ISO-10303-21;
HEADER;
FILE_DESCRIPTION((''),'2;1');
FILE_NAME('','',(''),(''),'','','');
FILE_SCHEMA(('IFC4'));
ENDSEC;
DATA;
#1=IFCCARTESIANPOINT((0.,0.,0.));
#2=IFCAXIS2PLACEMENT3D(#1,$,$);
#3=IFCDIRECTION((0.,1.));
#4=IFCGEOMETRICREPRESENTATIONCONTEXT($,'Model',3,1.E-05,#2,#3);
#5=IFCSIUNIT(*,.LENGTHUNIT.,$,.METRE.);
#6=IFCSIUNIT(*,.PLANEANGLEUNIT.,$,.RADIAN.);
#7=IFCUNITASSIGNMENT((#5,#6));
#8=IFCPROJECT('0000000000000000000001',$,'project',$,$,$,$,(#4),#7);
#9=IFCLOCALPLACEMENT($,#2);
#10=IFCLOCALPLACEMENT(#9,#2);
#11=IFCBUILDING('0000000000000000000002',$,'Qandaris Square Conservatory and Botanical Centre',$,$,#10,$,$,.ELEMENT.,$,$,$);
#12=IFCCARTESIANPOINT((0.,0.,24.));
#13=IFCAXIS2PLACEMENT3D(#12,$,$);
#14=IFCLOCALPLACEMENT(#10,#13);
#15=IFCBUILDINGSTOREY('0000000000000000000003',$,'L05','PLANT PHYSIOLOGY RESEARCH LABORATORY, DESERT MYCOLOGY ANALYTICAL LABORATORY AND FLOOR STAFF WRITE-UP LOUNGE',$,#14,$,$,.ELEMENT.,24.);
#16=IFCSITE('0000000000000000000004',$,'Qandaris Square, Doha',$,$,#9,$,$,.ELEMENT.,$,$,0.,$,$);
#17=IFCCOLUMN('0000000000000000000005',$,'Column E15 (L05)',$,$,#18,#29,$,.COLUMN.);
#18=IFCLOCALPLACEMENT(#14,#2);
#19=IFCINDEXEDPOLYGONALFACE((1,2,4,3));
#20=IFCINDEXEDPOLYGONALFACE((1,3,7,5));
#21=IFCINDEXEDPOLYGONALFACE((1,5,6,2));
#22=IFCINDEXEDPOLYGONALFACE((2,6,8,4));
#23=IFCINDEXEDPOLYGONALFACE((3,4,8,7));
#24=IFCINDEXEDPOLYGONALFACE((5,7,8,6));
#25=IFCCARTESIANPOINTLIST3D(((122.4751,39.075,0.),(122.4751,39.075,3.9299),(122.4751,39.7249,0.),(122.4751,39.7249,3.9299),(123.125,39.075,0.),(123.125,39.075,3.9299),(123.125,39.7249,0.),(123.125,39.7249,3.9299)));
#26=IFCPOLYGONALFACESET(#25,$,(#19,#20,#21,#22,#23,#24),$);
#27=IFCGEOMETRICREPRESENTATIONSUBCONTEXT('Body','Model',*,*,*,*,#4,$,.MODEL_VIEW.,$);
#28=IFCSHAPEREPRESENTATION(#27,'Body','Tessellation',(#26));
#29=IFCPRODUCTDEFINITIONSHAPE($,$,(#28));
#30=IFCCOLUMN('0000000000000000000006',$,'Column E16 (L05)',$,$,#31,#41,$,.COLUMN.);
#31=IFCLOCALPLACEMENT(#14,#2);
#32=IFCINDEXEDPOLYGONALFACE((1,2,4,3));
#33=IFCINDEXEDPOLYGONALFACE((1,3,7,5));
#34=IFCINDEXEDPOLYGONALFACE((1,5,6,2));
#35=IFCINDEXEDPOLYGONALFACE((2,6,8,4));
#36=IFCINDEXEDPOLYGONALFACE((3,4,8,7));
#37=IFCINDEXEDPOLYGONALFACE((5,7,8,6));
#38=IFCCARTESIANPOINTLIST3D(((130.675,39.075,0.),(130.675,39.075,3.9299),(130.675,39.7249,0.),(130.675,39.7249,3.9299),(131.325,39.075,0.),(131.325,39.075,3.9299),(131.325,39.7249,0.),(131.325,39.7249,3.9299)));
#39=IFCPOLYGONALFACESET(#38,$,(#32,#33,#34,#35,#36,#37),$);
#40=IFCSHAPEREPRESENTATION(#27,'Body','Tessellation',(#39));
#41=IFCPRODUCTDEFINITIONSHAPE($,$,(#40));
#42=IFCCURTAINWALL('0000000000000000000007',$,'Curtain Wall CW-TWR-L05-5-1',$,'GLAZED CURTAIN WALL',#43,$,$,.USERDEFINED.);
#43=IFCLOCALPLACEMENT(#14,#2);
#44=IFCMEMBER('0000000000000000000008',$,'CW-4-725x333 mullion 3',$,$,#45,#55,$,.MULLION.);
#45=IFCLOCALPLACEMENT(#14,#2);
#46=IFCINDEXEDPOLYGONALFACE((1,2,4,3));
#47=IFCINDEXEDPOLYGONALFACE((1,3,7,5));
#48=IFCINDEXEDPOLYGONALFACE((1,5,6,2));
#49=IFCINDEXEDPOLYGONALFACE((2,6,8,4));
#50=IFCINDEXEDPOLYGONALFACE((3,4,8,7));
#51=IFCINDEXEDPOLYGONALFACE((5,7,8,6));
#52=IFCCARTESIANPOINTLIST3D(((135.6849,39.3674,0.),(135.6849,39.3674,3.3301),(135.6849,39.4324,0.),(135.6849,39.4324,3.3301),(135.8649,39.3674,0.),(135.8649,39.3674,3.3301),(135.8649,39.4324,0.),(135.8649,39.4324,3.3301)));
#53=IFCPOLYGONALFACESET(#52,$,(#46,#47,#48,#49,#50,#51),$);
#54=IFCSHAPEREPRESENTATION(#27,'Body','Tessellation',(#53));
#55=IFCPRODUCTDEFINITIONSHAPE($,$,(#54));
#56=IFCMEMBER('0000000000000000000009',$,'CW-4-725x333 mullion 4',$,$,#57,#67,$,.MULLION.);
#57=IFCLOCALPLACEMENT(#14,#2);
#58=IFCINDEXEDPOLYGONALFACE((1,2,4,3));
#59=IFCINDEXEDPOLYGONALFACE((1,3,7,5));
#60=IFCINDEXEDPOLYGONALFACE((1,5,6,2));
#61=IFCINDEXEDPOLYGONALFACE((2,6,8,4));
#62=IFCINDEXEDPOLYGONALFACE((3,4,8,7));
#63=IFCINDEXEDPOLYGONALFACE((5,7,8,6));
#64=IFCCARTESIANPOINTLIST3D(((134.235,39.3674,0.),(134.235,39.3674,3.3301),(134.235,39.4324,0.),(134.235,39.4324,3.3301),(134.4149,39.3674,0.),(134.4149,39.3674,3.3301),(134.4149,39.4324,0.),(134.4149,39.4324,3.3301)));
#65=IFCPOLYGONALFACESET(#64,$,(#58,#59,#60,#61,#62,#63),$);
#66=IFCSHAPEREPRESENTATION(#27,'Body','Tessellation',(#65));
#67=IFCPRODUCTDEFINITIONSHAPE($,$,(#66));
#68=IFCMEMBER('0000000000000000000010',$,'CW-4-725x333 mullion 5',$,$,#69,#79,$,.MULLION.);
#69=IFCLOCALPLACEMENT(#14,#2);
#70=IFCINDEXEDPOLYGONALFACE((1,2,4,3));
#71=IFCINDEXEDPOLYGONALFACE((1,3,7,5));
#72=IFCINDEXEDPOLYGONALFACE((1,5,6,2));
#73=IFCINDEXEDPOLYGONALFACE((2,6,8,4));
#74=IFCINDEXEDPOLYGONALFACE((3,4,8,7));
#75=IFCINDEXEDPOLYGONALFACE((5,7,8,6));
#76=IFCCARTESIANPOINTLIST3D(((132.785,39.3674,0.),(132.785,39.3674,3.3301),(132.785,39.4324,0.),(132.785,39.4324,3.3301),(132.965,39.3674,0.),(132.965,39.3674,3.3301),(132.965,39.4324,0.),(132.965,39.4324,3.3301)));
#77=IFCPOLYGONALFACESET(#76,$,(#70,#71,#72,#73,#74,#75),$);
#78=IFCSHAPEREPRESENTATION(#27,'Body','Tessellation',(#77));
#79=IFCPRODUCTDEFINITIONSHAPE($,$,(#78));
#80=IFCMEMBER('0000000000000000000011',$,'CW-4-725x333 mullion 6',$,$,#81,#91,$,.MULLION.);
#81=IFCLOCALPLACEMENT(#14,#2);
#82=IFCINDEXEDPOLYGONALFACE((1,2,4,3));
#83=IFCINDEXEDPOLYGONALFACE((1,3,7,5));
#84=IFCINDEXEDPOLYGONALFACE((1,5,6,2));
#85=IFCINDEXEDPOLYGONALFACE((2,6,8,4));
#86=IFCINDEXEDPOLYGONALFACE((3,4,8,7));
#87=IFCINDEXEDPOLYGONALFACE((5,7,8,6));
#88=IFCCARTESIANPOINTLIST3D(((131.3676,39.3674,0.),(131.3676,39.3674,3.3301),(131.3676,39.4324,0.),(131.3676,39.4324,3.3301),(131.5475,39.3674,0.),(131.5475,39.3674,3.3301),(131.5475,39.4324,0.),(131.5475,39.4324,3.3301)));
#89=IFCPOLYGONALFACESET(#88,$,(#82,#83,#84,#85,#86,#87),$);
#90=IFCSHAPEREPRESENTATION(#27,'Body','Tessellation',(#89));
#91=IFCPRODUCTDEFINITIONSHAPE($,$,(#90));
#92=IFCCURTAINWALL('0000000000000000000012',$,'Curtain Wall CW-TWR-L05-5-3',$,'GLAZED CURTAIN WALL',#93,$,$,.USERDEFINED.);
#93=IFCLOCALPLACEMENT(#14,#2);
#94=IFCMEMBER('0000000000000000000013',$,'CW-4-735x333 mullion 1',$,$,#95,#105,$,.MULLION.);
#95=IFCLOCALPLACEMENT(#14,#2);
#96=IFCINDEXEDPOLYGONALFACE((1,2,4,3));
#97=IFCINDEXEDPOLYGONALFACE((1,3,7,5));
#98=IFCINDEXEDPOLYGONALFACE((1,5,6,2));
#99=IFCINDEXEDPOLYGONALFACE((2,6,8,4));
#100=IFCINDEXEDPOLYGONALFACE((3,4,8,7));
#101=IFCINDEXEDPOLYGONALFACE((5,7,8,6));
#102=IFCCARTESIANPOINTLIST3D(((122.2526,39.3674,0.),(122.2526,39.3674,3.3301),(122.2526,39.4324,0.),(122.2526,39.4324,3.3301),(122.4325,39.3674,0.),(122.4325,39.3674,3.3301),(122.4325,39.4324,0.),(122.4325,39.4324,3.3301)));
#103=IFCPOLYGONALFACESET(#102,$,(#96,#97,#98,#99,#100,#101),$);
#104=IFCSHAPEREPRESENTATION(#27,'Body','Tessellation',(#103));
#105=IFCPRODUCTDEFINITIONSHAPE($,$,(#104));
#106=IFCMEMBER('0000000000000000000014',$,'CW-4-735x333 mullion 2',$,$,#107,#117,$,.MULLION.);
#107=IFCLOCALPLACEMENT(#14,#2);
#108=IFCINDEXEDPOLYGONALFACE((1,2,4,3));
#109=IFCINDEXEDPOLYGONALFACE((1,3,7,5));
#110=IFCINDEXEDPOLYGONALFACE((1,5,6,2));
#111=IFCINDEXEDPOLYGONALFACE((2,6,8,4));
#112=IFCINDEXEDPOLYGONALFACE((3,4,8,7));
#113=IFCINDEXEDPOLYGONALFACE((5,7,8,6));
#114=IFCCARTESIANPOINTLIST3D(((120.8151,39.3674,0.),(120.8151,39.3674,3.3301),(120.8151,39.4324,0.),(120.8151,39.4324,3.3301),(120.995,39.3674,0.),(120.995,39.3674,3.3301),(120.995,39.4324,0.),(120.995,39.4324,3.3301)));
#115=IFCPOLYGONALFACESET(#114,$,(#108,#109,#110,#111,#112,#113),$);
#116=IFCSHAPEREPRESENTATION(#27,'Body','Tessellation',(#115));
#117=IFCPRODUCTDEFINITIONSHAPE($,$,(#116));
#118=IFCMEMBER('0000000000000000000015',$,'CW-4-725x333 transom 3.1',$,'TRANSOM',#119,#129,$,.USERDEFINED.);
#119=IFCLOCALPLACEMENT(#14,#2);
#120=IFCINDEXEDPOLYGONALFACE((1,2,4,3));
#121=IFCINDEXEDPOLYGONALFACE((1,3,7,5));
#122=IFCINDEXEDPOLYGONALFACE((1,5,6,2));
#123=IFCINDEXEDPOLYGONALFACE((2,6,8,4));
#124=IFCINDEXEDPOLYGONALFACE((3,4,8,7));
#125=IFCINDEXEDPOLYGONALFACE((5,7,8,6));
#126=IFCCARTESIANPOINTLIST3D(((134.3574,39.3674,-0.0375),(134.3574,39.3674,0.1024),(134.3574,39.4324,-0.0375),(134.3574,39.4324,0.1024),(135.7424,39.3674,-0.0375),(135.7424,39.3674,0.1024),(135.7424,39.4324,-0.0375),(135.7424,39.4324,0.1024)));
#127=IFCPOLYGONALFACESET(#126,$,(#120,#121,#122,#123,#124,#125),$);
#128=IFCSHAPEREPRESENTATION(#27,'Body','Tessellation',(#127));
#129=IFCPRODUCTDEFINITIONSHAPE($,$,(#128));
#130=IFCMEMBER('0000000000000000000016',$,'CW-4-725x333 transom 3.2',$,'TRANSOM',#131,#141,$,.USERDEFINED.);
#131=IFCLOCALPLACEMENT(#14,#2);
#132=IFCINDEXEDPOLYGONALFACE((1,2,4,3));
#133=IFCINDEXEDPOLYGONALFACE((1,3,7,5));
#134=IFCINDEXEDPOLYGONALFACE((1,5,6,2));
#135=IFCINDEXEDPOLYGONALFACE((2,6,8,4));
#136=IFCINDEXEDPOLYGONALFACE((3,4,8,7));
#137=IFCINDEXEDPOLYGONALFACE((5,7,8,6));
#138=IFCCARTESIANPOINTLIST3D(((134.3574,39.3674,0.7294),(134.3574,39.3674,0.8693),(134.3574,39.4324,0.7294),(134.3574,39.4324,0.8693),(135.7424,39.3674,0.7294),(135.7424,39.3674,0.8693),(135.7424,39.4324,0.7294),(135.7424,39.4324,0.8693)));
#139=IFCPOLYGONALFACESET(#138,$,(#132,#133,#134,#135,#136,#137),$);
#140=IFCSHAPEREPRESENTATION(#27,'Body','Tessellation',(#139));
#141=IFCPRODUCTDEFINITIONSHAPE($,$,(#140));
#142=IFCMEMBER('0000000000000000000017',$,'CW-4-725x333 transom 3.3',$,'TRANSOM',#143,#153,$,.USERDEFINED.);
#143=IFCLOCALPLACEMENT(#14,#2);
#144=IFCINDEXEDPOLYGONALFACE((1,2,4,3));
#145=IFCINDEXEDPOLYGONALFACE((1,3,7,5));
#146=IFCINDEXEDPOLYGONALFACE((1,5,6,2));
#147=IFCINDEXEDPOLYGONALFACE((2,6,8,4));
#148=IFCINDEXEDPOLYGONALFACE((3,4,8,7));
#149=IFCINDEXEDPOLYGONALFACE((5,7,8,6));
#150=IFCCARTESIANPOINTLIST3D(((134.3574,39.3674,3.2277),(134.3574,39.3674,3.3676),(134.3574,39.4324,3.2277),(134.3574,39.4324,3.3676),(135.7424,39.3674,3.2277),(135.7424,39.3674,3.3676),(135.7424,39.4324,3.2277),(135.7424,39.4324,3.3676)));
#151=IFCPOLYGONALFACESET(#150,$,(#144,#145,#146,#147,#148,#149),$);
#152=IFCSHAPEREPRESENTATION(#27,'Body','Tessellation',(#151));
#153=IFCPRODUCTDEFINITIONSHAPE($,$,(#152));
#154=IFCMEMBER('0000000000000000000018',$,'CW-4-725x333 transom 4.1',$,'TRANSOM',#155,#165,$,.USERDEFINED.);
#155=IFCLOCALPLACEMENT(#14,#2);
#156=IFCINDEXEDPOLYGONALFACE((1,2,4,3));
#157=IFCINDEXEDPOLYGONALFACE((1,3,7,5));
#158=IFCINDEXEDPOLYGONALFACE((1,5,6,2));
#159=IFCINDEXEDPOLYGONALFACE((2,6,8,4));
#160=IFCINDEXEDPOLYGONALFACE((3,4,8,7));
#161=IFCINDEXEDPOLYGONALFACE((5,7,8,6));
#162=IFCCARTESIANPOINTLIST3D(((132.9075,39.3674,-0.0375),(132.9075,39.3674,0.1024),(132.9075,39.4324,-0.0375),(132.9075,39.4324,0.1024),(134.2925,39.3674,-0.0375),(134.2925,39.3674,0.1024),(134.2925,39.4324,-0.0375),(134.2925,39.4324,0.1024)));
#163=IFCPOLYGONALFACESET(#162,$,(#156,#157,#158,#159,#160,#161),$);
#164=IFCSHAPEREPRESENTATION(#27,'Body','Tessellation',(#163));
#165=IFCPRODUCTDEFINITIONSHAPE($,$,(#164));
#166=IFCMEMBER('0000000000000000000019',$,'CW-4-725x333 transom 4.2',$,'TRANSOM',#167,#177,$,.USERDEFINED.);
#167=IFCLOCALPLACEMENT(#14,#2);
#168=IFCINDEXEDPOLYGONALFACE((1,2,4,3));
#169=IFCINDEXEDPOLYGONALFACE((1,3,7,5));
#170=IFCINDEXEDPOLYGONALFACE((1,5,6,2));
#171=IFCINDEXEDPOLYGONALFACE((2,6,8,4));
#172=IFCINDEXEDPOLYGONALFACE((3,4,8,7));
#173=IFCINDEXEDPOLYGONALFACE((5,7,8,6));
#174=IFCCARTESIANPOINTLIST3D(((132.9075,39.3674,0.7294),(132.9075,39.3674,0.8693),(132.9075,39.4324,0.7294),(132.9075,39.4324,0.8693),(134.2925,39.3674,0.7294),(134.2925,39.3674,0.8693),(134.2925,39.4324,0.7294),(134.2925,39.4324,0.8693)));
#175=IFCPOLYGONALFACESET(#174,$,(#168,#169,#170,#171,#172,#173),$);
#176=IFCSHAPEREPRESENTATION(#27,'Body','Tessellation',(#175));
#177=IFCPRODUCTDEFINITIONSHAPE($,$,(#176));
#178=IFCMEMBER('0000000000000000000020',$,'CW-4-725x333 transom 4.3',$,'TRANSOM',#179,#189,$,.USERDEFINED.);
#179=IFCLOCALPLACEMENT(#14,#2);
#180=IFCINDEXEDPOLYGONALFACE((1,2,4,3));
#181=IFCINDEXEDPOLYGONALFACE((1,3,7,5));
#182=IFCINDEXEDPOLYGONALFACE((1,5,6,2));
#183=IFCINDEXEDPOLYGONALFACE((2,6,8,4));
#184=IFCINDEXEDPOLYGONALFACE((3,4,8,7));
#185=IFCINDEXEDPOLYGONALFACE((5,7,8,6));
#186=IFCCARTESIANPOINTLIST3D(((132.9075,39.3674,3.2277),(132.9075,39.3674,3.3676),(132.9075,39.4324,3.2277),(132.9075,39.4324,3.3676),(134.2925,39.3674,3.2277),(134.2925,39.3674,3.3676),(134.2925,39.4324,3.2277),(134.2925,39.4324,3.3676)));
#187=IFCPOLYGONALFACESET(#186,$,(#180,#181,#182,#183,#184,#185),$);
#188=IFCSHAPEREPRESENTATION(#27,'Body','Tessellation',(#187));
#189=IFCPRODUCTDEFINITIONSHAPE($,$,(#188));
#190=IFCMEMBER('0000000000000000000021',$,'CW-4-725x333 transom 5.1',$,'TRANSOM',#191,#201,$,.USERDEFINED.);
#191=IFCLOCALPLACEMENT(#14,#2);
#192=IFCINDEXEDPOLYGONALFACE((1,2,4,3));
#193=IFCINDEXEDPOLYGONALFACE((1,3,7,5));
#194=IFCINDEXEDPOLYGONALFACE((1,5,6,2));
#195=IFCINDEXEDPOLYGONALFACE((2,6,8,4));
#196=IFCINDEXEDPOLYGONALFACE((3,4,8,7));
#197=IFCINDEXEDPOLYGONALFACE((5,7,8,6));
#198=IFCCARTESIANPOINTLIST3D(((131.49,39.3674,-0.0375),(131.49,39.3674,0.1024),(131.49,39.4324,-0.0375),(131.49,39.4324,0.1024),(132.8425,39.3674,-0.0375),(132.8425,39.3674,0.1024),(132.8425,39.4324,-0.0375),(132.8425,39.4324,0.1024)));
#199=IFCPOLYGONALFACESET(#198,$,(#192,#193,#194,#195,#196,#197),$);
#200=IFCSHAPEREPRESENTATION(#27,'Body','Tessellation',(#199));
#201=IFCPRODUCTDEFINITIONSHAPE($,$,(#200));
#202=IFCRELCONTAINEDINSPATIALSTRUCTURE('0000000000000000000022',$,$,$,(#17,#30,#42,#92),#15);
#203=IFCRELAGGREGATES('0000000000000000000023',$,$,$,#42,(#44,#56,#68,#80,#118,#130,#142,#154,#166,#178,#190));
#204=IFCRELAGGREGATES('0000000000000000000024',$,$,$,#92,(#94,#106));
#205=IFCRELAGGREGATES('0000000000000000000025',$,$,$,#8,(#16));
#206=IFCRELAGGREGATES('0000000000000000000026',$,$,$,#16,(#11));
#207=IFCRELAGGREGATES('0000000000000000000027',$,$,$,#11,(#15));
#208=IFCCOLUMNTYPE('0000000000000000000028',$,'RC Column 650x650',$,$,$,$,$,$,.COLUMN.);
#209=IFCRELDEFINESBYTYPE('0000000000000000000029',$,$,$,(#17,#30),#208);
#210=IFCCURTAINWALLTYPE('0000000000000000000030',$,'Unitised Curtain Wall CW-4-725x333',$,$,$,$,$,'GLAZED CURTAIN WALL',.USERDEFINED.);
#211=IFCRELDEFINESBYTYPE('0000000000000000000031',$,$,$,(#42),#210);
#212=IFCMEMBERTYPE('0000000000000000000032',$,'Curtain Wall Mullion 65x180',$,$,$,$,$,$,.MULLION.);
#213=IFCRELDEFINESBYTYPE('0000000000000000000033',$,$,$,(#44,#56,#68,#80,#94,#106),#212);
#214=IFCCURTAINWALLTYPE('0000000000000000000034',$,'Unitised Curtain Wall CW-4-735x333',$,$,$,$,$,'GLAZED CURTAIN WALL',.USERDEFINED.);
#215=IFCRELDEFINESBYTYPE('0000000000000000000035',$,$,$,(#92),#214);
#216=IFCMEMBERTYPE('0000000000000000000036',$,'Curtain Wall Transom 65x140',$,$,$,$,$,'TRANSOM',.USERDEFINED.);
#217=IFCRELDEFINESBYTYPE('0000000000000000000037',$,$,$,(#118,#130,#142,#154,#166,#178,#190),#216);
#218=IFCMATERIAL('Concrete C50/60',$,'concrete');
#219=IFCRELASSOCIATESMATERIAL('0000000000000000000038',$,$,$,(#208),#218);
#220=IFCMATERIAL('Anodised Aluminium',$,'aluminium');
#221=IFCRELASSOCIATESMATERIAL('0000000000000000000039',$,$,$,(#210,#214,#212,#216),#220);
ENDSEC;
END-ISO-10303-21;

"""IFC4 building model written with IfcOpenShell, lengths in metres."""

from ifc_helpers import new_model, si_unit, direction, frame, origin, origin_2d, place, context, subcontext, project, spatial, rectangle, extrude, material, material_profile, profile_set, type_object, element, aggregate, save


model = new_model("IFC4")

# Units and contexts
model_context = context("Model", 3, precision=1e-05, world=origin(), true_north=direction((0.0, 1.0)))
body_context = subcontext(model_context, "Body", "Model", "MODEL_VIEW")
ifc_project = project(units=[si_unit("LENGTHUNIT", "METRE"), si_unit("PLANEANGLEUNIT", "RADIAN")], contexts=[model_context])

# Site, building, storey
site_placement = place(None, origin())
site = spatial("IfcSite", under=ifc_project, at=site_placement, Name="Qandaris Square, Doha", CompositionType="ELEMENT", RefElevation=0.0)
building_placement = place(site_placement, origin())
building = spatial("IfcBuilding", under=site, at=building_placement, Name="Qandaris Square Conservatory and Botanical Centre", CompositionType="ELEMENT")
storey_placement = place(building_placement, frame((0.0, 0.0, 24.0)))
storey = spatial("IfcBuildingStorey", under=building, at=storey_placement, Name="L05", Description="PLANT PHYSIOLOGY RESEARCH LABORATORY, DESERT MYCOLOGY ANALYTICAL LABORATORY AND FLOOR STAFF WRITE-UP LOUNGE", CompositionType="ELEMENT", Elevation=24.0)

# Columns
ifc_material_1 = material(Name="Concrete C50/60", Category="concrete")
ifc_material_profile_1 = material_profile(ifc_material_1, rectangle(XDim=0.6499, YDim=0.6499, at=origin_2d()), Name="RC-COL 650x650")
ifc_profile_set_1 = profile_set([ifc_material_profile_1], Name="Concrete C50/60")
column_type = type_object("IfcColumnType", Name="RC Column 650x650", PredefinedType="COLUMN", material=ifc_profile_set_1)
for number, where, z_axis, x_axis, name in (
    (1, (122.8, 39.3999, 0.0), (0.0, 0.0, 1.0), (1.0, 0.0, 0.0), "Column E15 (L05)"),
    (2, (131.0, 39.3999, 0.0), (0.0, 0.0, 1.0), (1.0, 0.0, 0.0), "Column E16 (L05)"),
):
    element("IfcColumn", number, at=place(storey_placement, frame(where, z_axis=z_axis, x_axis=x_axis)), inside=storey, type_object=column_type, Name=name, PredefinedType="COLUMN", context=body_context, shape_type="SweptSolid", body=[
        extrude(rectangle(XDim=0.6499, YDim=0.6499, at=origin_2d()), origin(), (0.0, 0.0, 1.0), 3.9299),
    ])

# Curtain walls, members
ifc_material_2 = material(Name="Anodised Aluminium", Category="aluminium")
curtain_wall_type_1 = type_object("IfcCurtainWallType", Name="Unitised Curtain Wall CW-4-725x333", ElementType="GLAZED CURTAIN WALL", PredefinedType="USERDEFINED", material=ifc_material_2)
curtain_wall_1_placement = place(storey_placement, origin())
curtain_wall_1 = element("IfcCurtainWall", 3, at=curtain_wall_1_placement, inside=storey, type_object=curtain_wall_type_1, Name="Curtain Wall CW-TWR-L05-5-1", ObjectType="GLAZED CURTAIN WALL", PredefinedType="USERDEFINED")
ifc_material_profile_2 = material_profile(ifc_material_2, rectangle(XDim=0.0649, YDim=0.1799, at=origin_2d()), Name="ALU-MUL 65x180")
ifc_profile_set_2 = profile_set([ifc_material_profile_2], Name="Anodised Aluminium")
member_type_1 = type_object("IfcMemberType", Name="Curtain Wall Mullion 65x180", PredefinedType="MULLION", material=ifc_profile_set_2)
member_1_placement = place(storey_placement, frame((135.7749, 39.3999, 0.0), z_axis=(0.0, 0.0, 1.0), x_axis=(0.0, -1.0, 0.0)))
member_1 = element("IfcMember", 4, at=member_1_placement, type_object=member_type_1, Name="CW-4-725x333 mullion 3", PredefinedType="MULLION", context=body_context, shape_type="SweptSolid", body=[
    extrude(rectangle(XDim=0.0649, YDim=0.1799, at=origin_2d()), origin(), (0.0, 0.0, 1.0), 3.3301),
])
member_2_placement = place(storey_placement, frame((134.325, 39.3999, 0.0), z_axis=(0.0, 0.0, 1.0), x_axis=(0.0, -1.0, 0.0)))
member_2 = element("IfcMember", 5, at=member_2_placement, type_object=member_type_1, Name="CW-4-725x333 mullion 4", PredefinedType="MULLION", context=body_context, shape_type="SweptSolid", body=[
    extrude(rectangle(XDim=0.0649, YDim=0.1799, at=origin_2d()), origin(), (0.0, 0.0, 1.0), 3.3301),
])
member_3_placement = place(storey_placement, frame((132.875, 39.3999, 0.0), z_axis=(0.0, 0.0, 1.0), x_axis=(0.0, -1.0, 0.0)))
member_3 = element("IfcMember", 6, at=member_3_placement, type_object=member_type_1, Name="CW-4-725x333 mullion 5", PredefinedType="MULLION", context=body_context, shape_type="SweptSolid", body=[
    extrude(rectangle(XDim=0.0649, YDim=0.1799, at=origin_2d()), origin(), (0.0, 0.0, 1.0), 3.3301),
])
member_4_placement = place(storey_placement, frame((131.4575, 39.3999, 0.0), z_axis=(0.0, 0.0, 1.0), x_axis=(0.0, -1.0, 0.0)))
member_4 = element("IfcMember", 7, at=member_4_placement, type_object=member_type_1, Name="CW-4-725x333 mullion 6", PredefinedType="MULLION", context=body_context, shape_type="SweptSolid", body=[
    extrude(rectangle(XDim=0.0649, YDim=0.1799, at=origin_2d()), origin(), (0.0, 0.0, 1.0), 3.3301),
])
curtain_wall_type_2 = type_object("IfcCurtainWallType", Name="Unitised Curtain Wall CW-4-735x333", ElementType="GLAZED CURTAIN WALL", PredefinedType="USERDEFINED", material=ifc_material_2)
curtain_wall_2_placement = place(storey_placement, origin())
curtain_wall_2 = element("IfcCurtainWall", 8, at=curtain_wall_2_placement, inside=storey, type_object=curtain_wall_type_2, Name="Curtain Wall CW-TWR-L05-5-3", ObjectType="GLAZED CURTAIN WALL", PredefinedType="USERDEFINED")
member_5_placement = place(storey_placement, frame((122.3425, 39.3999, 0.0), z_axis=(0.0, 0.0, 1.0), x_axis=(0.0, -1.0, 0.0)))
member_5 = element("IfcMember", 9, at=member_5_placement, type_object=member_type_1, Name="CW-4-735x333 mullion 1", PredefinedType="MULLION", context=body_context, shape_type="SweptSolid", body=[
    extrude(rectangle(XDim=0.0649, YDim=0.1799, at=origin_2d()), origin(), (0.0, 0.0, 1.0), 3.3301),
])
member_6_placement = place(storey_placement, frame((120.905, 39.3999, 0.0), z_axis=(0.0, 0.0, 1.0), x_axis=(0.0, -1.0, 0.0)))
member_6 = element("IfcMember", 10, at=member_6_placement, type_object=member_type_1, Name="CW-4-735x333 mullion 2", PredefinedType="MULLION", context=body_context, shape_type="SweptSolid", body=[
    extrude(rectangle(XDim=0.0649, YDim=0.1799, at=origin_2d()), origin(), (0.0, 0.0, 1.0), 3.3301),
])

# Members
ifc_material_profile_3 = material_profile(ifc_material_2, rectangle(XDim=0.0649, YDim=0.1399, at=origin_2d()), Name="ALU-TRN 65x140")
ifc_profile_set_3 = profile_set([ifc_material_profile_3], Name="Anodised Aluminium")
member_type_2 = type_object("IfcMemberType", Name="Curtain Wall Transom 65x140", ElementType="TRANSOM", PredefinedType="USERDEFINED", material=ifc_profile_set_3)
member_7_placement = place(storey_placement, frame((135.7424, 39.3999, 0.0325), z_axis=(-1.0, 0.0, 0.0), x_axis=(0.0, -1.0, 0.0)))
member_7 = element("IfcMember", 11, at=member_7_placement, type_object=member_type_2, Name="CW-4-725x333 transom 3.1", ObjectType="TRANSOM", PredefinedType="USERDEFINED", context=body_context, shape_type="SweptSolid", body=[
    extrude(rectangle(XDim=0.0649, YDim=0.1399, at=origin_2d()), origin(), (0.0, 0.0, 1.0), 1.385),
])
member_8_placement = place(storey_placement, frame((135.7424, 39.3999, 0.7993), z_axis=(-1.0, 0.0, 0.0), x_axis=(0.0, -1.0, 0.0)))
member_8 = element("IfcMember", 12, at=member_8_placement, type_object=member_type_2, Name="CW-4-725x333 transom 3.2", ObjectType="TRANSOM", PredefinedType="USERDEFINED", context=body_context, shape_type="SweptSolid", body=[
    extrude(rectangle(XDim=0.0649, YDim=0.1399, at=origin_2d()), origin(), (0.0, 0.0, 1.0), 1.385),
])
member_9_placement = place(storey_placement, frame((135.7424, 39.3999, 3.2976), z_axis=(-1.0, 0.0, 0.0), x_axis=(0.0, -1.0, 0.0)))
member_9 = element("IfcMember", 13, at=member_9_placement, type_object=member_type_2, Name="CW-4-725x333 transom 3.3", ObjectType="TRANSOM", PredefinedType="USERDEFINED", context=body_context, shape_type="SweptSolid", body=[
    extrude(rectangle(XDim=0.0649, YDim=0.1399, at=origin_2d()), origin(), (0.0, 0.0, 1.0), 1.385),
])
member_10_placement = place(storey_placement, frame((134.2925, 39.3999, 0.0325), z_axis=(-1.0, 0.0, 0.0), x_axis=(0.0, -1.0, 0.0)))
member_10 = element("IfcMember", 14, at=member_10_placement, type_object=member_type_2, Name="CW-4-725x333 transom 4.1", ObjectType="TRANSOM", PredefinedType="USERDEFINED", context=body_context, shape_type="SweptSolid", body=[
    extrude(rectangle(XDim=0.0649, YDim=0.1399, at=origin_2d()), origin(), (0.0, 0.0, 1.0), 1.385),
])
member_11_placement = place(storey_placement, frame((134.2925, 39.3999, 0.7993), z_axis=(-1.0, 0.0, 0.0), x_axis=(0.0, -1.0, 0.0)))
member_11 = element("IfcMember", 15, at=member_11_placement, type_object=member_type_2, Name="CW-4-725x333 transom 4.2", ObjectType="TRANSOM", PredefinedType="USERDEFINED", context=body_context, shape_type="SweptSolid", body=[
    extrude(rectangle(XDim=0.0649, YDim=0.1399, at=origin_2d()), origin(), (0.0, 0.0, 1.0), 1.385),
])
member_12_placement = place(storey_placement, frame((134.2925, 39.3999, 3.2976), z_axis=(-1.0, 0.0, 0.0), x_axis=(0.0, -1.0, 0.0)))
member_12 = element("IfcMember", 16, at=member_12_placement, type_object=member_type_2, Name="CW-4-725x333 transom 4.3", ObjectType="TRANSOM", PredefinedType="USERDEFINED", context=body_context, shape_type="SweptSolid", body=[
    extrude(rectangle(XDim=0.0649, YDim=0.1399, at=origin_2d()), origin(), (0.0, 0.0, 1.0), 1.385),
])
member_13_placement = place(storey_placement, frame((132.8425, 39.3999, 0.0325), z_axis=(-1.0, 0.0, 0.0), x_axis=(0.0, -1.0, 0.0)))
member_13 = element("IfcMember", 17, at=member_13_placement, type_object=member_type_2, Name="CW-4-725x333 transom 5.1", ObjectType="TRANSOM", PredefinedType="USERDEFINED", context=body_context, shape_type="SweptSolid", body=[
    extrude(rectangle(XDim=0.0649, YDim=0.1399, at=origin_2d()), origin(), (0.0, 0.0, 1.0), 1.3525),
])

aggregate(curtain_wall_1, [member_1, member_2, member_3, member_4, member_7, member_8, member_9, member_10, member_11, member_12, member_13])
aggregate(curtain_wall_2, [member_5, member_6])

save(model, "model.ifc")
